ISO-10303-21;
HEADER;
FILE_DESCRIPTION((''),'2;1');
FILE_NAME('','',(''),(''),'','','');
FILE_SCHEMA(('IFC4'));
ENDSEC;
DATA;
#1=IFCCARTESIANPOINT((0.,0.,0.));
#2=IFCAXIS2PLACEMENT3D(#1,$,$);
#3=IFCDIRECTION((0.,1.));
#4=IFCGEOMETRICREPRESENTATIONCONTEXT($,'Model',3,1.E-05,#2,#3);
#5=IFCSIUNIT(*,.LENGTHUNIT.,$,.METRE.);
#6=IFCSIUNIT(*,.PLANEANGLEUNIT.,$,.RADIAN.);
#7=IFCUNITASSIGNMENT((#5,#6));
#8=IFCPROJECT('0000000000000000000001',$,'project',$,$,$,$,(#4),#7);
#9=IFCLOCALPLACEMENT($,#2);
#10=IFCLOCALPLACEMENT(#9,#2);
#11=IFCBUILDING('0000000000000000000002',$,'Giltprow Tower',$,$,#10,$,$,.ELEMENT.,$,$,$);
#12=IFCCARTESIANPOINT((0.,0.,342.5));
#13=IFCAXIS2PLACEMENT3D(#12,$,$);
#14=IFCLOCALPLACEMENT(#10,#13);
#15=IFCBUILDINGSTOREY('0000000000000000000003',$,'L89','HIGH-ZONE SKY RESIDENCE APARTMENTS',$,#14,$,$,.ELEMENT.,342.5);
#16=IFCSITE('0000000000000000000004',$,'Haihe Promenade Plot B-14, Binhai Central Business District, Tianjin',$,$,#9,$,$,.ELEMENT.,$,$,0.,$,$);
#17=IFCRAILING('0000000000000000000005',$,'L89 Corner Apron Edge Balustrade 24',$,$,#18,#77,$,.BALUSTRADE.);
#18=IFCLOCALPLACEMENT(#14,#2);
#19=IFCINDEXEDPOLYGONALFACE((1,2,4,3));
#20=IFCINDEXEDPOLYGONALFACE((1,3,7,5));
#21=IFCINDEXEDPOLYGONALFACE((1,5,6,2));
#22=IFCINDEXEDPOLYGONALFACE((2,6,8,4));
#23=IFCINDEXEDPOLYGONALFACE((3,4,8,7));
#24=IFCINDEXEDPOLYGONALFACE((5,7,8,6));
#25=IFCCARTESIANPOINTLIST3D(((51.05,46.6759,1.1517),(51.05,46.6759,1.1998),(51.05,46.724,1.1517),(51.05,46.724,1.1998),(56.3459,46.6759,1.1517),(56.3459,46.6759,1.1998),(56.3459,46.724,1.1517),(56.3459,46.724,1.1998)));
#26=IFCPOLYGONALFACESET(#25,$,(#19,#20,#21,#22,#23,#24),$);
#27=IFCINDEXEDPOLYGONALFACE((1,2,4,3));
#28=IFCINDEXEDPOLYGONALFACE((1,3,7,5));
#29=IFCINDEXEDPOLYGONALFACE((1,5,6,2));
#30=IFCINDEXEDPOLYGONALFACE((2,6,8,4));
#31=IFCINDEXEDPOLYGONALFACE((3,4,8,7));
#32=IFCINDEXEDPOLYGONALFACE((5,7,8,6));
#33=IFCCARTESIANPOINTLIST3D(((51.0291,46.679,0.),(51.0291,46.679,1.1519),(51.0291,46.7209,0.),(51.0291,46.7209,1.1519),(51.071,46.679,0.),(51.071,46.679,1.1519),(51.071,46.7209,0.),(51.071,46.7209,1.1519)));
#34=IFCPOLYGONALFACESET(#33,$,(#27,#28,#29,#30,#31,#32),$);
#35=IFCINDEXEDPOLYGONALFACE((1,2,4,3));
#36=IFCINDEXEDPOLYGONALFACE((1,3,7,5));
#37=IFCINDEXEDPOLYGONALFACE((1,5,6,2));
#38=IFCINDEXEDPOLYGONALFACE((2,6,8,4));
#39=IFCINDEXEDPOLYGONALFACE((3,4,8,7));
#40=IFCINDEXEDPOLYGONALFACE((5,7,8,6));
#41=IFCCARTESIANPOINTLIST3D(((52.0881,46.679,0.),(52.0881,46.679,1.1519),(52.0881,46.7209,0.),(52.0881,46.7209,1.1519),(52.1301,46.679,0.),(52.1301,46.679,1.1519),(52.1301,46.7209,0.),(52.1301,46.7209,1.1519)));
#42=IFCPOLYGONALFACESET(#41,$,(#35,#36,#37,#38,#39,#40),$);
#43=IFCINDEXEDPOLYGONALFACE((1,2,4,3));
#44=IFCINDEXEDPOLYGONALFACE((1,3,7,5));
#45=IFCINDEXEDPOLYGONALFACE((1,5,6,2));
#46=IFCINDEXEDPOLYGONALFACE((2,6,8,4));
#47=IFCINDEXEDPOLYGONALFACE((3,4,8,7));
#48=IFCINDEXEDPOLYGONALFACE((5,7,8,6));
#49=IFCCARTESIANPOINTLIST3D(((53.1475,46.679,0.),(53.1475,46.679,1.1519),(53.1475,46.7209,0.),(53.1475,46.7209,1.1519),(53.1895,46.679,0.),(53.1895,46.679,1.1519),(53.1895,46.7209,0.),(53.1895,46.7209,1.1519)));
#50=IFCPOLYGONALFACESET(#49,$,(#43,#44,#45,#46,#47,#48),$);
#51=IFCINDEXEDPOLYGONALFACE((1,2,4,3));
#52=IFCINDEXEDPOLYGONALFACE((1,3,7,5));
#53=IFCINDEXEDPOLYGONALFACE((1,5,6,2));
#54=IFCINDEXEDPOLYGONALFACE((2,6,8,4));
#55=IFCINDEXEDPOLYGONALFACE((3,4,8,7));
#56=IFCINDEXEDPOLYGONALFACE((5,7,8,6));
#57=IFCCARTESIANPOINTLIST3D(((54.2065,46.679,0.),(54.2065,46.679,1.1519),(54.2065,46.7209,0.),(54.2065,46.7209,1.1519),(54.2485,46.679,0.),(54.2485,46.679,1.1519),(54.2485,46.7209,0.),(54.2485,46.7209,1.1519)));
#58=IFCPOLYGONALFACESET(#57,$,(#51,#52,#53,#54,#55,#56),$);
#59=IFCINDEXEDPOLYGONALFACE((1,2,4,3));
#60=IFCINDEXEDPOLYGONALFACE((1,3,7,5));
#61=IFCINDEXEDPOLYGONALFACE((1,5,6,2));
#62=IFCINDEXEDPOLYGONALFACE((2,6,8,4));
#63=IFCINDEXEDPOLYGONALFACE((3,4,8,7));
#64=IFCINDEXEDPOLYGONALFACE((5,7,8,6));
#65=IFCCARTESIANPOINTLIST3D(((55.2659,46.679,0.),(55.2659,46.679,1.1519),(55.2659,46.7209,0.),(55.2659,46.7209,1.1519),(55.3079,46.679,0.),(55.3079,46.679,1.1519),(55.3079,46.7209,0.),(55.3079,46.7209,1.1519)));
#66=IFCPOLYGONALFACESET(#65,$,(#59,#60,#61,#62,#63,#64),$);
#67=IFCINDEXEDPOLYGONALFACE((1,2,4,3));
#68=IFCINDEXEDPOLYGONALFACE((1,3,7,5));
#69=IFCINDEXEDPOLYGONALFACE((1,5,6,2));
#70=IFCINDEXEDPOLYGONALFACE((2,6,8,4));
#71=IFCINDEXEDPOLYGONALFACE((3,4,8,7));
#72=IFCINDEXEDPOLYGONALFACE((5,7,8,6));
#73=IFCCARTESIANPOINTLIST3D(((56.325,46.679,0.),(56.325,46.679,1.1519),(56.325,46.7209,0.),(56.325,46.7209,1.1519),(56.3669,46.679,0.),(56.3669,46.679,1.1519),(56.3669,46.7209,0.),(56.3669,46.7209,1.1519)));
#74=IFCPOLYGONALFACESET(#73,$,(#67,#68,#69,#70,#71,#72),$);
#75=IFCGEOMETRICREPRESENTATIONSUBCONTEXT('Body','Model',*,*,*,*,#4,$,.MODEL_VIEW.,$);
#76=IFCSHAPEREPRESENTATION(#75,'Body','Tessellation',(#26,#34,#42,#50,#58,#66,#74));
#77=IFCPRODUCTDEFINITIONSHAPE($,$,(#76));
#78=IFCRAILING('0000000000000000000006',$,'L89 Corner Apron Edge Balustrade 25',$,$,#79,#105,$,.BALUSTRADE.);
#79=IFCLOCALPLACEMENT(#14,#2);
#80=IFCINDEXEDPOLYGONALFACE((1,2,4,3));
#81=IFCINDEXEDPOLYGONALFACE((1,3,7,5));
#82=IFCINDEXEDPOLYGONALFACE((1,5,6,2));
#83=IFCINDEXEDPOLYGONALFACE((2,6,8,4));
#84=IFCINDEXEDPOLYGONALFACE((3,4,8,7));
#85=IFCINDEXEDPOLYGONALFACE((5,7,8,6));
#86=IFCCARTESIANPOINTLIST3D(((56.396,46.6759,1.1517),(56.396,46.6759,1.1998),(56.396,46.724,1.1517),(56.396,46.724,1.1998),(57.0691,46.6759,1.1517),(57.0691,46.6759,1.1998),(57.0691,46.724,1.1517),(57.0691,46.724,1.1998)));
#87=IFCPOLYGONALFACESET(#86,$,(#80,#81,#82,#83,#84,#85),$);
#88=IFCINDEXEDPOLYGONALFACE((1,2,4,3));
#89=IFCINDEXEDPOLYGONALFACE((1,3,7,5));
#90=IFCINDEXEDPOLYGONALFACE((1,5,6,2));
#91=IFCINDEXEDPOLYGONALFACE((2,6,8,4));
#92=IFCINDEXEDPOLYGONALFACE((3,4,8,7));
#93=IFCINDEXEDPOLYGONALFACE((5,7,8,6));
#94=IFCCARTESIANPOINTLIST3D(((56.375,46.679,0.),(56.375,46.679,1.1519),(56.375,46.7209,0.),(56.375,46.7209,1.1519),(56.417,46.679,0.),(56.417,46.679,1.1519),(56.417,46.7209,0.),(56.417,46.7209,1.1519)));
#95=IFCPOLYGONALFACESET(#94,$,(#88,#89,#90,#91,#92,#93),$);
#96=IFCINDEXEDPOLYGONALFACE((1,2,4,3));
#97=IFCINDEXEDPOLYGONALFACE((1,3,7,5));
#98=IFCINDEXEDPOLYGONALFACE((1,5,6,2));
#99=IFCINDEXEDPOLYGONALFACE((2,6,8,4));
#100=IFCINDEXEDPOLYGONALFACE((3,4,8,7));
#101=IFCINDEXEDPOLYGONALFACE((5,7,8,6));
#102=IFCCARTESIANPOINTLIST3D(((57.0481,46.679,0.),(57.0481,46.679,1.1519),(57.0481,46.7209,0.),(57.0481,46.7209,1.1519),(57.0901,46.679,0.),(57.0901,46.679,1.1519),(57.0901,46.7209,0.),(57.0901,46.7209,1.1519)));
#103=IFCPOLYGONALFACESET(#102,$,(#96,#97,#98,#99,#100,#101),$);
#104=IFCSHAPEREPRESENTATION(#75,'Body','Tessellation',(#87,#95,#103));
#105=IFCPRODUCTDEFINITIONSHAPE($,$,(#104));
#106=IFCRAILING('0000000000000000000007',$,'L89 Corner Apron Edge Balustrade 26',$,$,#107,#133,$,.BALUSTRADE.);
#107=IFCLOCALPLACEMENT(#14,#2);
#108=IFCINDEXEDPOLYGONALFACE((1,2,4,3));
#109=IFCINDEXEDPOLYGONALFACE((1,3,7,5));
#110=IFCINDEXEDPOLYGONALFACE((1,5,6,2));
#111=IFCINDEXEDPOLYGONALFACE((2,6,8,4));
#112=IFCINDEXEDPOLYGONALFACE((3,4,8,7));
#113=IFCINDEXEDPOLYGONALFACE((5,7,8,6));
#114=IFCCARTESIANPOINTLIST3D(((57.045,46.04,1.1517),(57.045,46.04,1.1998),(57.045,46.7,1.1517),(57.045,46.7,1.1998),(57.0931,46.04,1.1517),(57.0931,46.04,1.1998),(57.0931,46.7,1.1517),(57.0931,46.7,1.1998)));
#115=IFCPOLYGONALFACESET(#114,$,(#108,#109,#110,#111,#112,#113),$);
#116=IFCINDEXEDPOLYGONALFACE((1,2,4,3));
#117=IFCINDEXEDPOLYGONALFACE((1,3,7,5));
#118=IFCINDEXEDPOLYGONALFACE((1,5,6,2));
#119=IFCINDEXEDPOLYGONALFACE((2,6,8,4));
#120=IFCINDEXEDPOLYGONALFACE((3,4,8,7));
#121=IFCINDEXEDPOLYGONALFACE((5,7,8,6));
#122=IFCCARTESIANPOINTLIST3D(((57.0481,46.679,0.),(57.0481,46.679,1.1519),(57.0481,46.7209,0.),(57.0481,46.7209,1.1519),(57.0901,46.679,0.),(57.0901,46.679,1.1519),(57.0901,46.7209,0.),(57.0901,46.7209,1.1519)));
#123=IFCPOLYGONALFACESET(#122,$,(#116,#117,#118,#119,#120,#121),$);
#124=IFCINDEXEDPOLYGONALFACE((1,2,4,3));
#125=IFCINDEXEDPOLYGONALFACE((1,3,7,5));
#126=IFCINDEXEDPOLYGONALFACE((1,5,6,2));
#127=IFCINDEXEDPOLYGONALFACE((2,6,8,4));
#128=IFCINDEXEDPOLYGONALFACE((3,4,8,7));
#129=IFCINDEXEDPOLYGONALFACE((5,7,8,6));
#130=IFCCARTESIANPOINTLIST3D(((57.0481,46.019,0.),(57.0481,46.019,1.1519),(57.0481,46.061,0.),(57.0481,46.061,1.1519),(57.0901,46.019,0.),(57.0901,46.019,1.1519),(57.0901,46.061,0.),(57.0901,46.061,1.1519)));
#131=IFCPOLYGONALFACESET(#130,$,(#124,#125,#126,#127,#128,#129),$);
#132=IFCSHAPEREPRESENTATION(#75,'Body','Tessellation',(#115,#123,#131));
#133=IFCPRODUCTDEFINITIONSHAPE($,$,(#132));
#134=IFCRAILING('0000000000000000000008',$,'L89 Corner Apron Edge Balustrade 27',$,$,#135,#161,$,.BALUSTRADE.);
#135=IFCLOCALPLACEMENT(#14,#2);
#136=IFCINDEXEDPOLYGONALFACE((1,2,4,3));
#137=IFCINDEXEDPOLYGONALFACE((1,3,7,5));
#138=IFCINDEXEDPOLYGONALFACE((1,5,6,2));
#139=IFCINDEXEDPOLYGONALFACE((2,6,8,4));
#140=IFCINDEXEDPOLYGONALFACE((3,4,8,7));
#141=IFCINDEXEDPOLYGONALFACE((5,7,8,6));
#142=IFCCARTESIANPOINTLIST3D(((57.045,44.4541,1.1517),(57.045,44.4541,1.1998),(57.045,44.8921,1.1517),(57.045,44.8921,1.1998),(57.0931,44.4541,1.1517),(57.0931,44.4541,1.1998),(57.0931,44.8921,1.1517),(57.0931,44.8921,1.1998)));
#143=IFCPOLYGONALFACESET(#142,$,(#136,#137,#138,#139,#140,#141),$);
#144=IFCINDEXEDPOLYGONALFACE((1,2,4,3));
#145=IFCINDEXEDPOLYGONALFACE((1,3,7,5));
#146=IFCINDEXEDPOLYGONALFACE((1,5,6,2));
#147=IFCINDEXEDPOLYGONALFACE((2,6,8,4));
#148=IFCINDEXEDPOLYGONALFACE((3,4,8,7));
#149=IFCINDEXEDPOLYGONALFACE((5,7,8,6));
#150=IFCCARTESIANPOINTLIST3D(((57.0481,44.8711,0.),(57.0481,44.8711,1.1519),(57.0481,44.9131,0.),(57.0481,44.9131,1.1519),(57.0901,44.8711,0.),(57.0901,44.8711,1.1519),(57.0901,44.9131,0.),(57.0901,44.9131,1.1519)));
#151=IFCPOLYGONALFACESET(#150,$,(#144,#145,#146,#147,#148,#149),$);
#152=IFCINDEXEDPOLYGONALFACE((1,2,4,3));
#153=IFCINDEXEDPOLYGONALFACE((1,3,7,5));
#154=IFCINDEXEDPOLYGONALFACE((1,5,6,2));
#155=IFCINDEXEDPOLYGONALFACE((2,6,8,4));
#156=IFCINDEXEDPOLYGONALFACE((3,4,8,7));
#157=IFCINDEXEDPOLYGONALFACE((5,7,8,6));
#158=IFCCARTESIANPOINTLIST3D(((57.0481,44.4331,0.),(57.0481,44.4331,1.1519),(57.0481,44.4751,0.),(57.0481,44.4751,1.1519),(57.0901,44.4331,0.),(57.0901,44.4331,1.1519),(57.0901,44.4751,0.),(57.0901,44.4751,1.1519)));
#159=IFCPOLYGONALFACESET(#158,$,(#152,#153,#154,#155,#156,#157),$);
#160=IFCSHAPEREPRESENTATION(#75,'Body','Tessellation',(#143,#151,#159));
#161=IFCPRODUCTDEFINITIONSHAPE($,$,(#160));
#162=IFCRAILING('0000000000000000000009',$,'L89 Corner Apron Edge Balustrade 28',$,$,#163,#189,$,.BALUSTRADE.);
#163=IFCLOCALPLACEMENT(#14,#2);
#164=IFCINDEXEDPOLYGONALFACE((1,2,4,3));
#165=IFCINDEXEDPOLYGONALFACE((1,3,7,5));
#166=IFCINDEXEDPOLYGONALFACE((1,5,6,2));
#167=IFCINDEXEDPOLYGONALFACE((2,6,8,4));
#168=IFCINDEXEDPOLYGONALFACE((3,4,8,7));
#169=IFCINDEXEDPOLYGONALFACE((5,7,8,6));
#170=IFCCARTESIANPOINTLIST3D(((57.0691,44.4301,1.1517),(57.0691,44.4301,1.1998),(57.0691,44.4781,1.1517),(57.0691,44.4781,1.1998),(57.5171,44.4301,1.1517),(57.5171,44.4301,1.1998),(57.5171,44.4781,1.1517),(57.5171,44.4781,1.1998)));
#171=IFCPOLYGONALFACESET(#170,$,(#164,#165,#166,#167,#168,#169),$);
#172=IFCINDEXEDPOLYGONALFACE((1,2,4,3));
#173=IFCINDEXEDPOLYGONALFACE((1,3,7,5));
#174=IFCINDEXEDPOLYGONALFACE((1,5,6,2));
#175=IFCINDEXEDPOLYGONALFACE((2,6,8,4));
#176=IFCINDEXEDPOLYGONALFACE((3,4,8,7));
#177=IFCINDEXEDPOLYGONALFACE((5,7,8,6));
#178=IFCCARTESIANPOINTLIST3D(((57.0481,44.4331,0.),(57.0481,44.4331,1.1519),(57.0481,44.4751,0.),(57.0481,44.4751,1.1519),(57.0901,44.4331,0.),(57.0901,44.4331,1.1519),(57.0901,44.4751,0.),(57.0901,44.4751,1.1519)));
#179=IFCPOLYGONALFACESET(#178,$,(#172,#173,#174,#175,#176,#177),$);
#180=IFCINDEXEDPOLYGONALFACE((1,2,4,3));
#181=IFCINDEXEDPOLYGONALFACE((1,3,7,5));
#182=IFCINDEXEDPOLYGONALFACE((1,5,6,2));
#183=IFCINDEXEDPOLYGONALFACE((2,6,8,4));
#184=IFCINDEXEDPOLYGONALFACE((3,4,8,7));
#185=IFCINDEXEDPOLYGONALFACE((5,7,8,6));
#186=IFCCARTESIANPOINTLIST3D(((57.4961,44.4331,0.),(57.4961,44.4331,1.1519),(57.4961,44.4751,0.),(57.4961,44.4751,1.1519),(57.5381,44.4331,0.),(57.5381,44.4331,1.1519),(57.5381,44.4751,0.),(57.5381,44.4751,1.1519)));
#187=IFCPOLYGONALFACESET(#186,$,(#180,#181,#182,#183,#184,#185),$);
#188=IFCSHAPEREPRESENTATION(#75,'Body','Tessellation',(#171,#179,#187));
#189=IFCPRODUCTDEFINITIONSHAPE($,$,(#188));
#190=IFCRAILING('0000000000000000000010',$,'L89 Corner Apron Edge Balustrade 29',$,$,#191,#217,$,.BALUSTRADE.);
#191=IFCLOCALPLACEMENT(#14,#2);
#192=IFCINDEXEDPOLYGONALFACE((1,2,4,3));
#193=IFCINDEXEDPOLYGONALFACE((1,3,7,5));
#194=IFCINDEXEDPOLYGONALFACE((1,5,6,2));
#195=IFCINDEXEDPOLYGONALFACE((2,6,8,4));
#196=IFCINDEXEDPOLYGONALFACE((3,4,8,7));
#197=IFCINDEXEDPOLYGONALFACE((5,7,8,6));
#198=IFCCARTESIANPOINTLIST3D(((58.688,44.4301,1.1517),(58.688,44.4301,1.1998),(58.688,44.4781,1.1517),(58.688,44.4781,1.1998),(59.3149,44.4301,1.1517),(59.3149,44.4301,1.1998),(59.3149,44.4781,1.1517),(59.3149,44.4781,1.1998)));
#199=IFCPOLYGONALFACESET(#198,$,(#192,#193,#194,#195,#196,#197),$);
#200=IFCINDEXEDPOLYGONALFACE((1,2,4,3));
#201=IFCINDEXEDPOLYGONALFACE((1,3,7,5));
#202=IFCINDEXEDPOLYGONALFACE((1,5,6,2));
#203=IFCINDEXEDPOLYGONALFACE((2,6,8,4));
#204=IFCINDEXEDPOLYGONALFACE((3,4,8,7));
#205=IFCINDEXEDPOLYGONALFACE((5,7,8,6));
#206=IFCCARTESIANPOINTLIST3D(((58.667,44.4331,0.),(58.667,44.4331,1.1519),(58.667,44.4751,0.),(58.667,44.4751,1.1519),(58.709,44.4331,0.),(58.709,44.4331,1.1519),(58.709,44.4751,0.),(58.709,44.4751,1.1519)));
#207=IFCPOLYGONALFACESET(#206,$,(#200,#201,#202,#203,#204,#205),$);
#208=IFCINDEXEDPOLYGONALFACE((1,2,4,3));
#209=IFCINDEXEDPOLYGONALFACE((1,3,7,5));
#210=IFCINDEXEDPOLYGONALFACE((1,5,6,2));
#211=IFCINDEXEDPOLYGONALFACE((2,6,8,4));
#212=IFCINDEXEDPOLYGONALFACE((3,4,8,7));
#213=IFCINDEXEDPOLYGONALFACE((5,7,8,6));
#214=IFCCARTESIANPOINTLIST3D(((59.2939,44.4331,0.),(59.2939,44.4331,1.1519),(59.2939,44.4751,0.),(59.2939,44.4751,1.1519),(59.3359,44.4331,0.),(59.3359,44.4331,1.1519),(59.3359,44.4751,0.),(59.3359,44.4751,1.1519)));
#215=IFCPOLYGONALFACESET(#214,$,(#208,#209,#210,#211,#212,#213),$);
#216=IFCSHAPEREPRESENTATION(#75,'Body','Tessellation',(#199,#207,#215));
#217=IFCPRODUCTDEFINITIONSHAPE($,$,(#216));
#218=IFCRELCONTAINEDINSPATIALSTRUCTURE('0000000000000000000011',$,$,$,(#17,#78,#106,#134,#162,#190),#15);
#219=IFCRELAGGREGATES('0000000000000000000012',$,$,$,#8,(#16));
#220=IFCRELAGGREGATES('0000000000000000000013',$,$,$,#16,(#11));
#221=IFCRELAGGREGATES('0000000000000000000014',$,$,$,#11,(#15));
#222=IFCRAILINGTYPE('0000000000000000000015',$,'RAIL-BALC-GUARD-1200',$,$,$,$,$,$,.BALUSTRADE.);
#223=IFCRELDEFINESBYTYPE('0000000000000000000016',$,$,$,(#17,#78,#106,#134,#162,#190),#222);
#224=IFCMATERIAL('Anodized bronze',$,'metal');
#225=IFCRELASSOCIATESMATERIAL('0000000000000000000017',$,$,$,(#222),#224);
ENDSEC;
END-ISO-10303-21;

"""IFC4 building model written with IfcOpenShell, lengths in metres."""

from ifc_helpers import new_model, si_unit, direction, frame, origin, origin_2d, place, context, subcontext, project, spatial, rectangle, extrude, material, type_object, element, save


model = new_model("IFC4")

# Units and contexts
model_context = context("Model", 3, precision=1e-05, world=origin(), true_north=direction((0.0, 1.0)))
body_context = subcontext(model_context, "Body", "Model", "MODEL_VIEW")
ifc_project = project(units=[si_unit("LENGTHUNIT", "METRE"), si_unit("PLANEANGLEUNIT", "RADIAN")], contexts=[model_context])

# Site, building, storey
site_placement = place(None, origin())
site = spatial("IfcSite", under=ifc_project, at=site_placement, Name="Haihe Promenade Plot B-14, Binhai Central Business District, Tianjin", CompositionType="ELEMENT", RefElevation=0.0)
building_placement = place(site_placement, origin())
building = spatial("IfcBuilding", under=site, at=building_placement, Name="Giltprow Tower", CompositionType="ELEMENT")
storey_placement = place(building_placement, frame((0.0, 0.0, 342.5)))
storey = spatial("IfcBuildingStorey", under=building, at=storey_placement, Name="L89", Description="HIGH-ZONE SKY RESIDENCE APARTMENTS", CompositionType="ELEMENT", Elevation=342.5)

# Railings
ifc_material_1 = material(Name="Anodized bronze", Category="metal")
railing_type = type_object("IfcRailingType", Name="RAIL-BALC-GUARD-1200", PredefinedType="BALUSTRADE", material=ifc_material_1)
railing_1_placement = place(storey_placement, frame((51.05, 46.7, 0.0)))
element("IfcRailing", 1, at=railing_1_placement, inside=storey, type_object=railing_type, Name="L89 Corner Apron Edge Balustrade 24", PredefinedType="BALUSTRADE", context=body_context, shape_type="SweptSolid", body=[
    extrude(rectangle(XDim=0.0481, YDim=0.0481, at=origin_2d()), frame((0.0, 0.0, 1.1758), z_axis=(1.0, 0.0, 0.0), x_axis=(0.0, 1.0, 0.0)), (0.0, 0.0, 1.0), 5.2959),
    extrude(rectangle(XDim=0.042, YDim=0.042, at=origin_2d()), origin(), (0.0, 0.0, 1.0), 1.1519),
    extrude(rectangle(XDim=0.042, YDim=0.042, at=origin_2d()), frame((1.0591, 0.0, 0.0)), (0.0, 0.0, 1.0), 1.1519),
    extrude(rectangle(XDim=0.042, YDim=0.042, at=origin_2d()), frame((2.1184, 0.0, 0.0)), (0.0, 0.0, 1.0), 1.1519),
    extrude(rectangle(XDim=0.042, YDim=0.042, at=origin_2d()), frame((3.1775, 0.0, 0.0)), (0.0, 0.0, 1.0), 1.1519),
    extrude(rectangle(XDim=0.042, YDim=0.042, at=origin_2d()), frame((4.2368, 0.0, 0.0)), (0.0, 0.0, 1.0), 1.1519),
    extrude(rectangle(XDim=0.042, YDim=0.042, at=origin_2d()), frame((5.2959, 0.0, 0.0)), (0.0, 0.0, 1.0), 1.1519),
])
railing_2_placement = place(storey_placement, frame((56.396, 46.7, 0.0)))
element("IfcRailing", 2, at=railing_2_placement, inside=storey, type_object=railing_type, Name="L89 Corner Apron Edge Balustrade 25", PredefinedType="BALUSTRADE", context=body_context, shape_type="SweptSolid", body=[
    extrude(rectangle(XDim=0.0481, YDim=0.0481, at=origin_2d()), frame((0.0, 0.0, 1.1758), z_axis=(1.0, 0.0, 0.0), x_axis=(0.0, 1.0, 0.0)), (0.0, 0.0, 1.0), 0.6731),
    extrude(rectangle(XDim=0.042, YDim=0.042, at=origin_2d()), origin(), (0.0, 0.0, 1.0), 1.1519),
    extrude(rectangle(XDim=0.042, YDim=0.042, at=origin_2d()), frame((0.6731, 0.0, 0.0)), (0.0, 0.0, 1.0), 1.1519),
])
railing_3_placement = place(storey_placement, frame((57.0691, 46.7, 0.0)))
element("IfcRailing", 3, at=railing_3_placement, inside=storey, type_object=railing_type, Name="L89 Corner Apron Edge Balustrade 26", PredefinedType="BALUSTRADE", context=body_context, shape_type="SweptSolid", body=[
    extrude(rectangle(XDim=0.0481, YDim=0.0481, at=origin_2d()), frame((0.0, 0.0, 1.1758), z_axis=(0.0, -1.0, 0.0), x_axis=(1.0, 0.0, 0.0)), (0.0, 0.0, 1.0), 0.6599),
    extrude(rectangle(XDim=0.042, YDim=0.042, at=origin_2d()), origin(), (0.0, 0.0, 1.0), 1.1519),
    extrude(rectangle(XDim=0.042, YDim=0.042, at=origin_2d()), frame((0.0, -0.6599, 0.0)), (0.0, 0.0, 1.0), 1.1519),
])
railing_4_placement = place(storey_placement, frame((57.0691, 44.8921, 0.0)))
element("IfcRailing", 4, at=railing_4_placement, inside=storey, type_object=railing_type, Name="L89 Corner Apron Edge Balustrade 27", PredefinedType="BALUSTRADE", context=body_context, shape_type="SweptSolid", body=[
    extrude(rectangle(XDim=0.0481, YDim=0.0481, at=origin_2d()), frame((0.0, 0.0, 1.1758), z_axis=(0.0, -1.0, 0.0), x_axis=(1.0, 0.0, 0.0)), (0.0, 0.0, 1.0), 0.438),
    extrude(rectangle(XDim=0.042, YDim=0.042, at=origin_2d()), origin(), (0.0, 0.0, 1.0), 1.1519),
    extrude(rectangle(XDim=0.042, YDim=0.042, at=origin_2d()), frame((0.0, -0.438, 0.0)), (0.0, 0.0, 1.0), 1.1519),
])
railing_5_placement = place(storey_placement, frame((57.0691, 44.4541, 0.0)))
element("IfcRailing", 5, at=railing_5_placement, inside=storey, type_object=railing_type, Name="L89 Corner Apron Edge Balustrade 28", PredefinedType="BALUSTRADE", context=body_context, shape_type="SweptSolid", body=[
    extrude(rectangle(XDim=0.0481, YDim=0.0481, at=origin_2d()), frame((0.0, 0.0, 1.1758), z_axis=(1.0, 0.0, 0.0), x_axis=(0.0, 1.0, 0.0)), (0.0, 0.0, 1.0), 0.448),
    extrude(rectangle(XDim=0.042, YDim=0.042, at=origin_2d()), origin(), (0.0, 0.0, 1.0), 1.1519),
    extrude(rectangle(XDim=0.042, YDim=0.042, at=origin_2d()), frame((0.448, 0.0, 0.0)), (0.0, 0.0, 1.0), 1.1519),
])
railing_6_placement = place(storey_placement, frame((58.688, 44.4541, 0.0)))
element("IfcRailing", 6, at=railing_6_placement, inside=storey, type_object=railing_type, Name="L89 Corner Apron Edge Balustrade 29", PredefinedType="BALUSTRADE", context=body_context, shape_type="SweptSolid", body=[
    extrude(rectangle(XDim=0.0481, YDim=0.0481, at=origin_2d()), frame((0.0, 0.0, 1.1758), z_axis=(1.0, 0.0, 0.0), x_axis=(0.0, 1.0, 0.0)), (0.0, 0.0, 1.0), 0.627),
    extrude(rectangle(XDim=0.042, YDim=0.042, at=origin_2d()), origin(), (0.0, 0.0, 1.0), 1.1519),
    extrude(rectangle(XDim=0.042, YDim=0.042, at=origin_2d()), frame((0.627, 0.0, 0.0)), (0.0, 0.0, 1.0), 1.1519),
])

save(model, "model.ifc")
